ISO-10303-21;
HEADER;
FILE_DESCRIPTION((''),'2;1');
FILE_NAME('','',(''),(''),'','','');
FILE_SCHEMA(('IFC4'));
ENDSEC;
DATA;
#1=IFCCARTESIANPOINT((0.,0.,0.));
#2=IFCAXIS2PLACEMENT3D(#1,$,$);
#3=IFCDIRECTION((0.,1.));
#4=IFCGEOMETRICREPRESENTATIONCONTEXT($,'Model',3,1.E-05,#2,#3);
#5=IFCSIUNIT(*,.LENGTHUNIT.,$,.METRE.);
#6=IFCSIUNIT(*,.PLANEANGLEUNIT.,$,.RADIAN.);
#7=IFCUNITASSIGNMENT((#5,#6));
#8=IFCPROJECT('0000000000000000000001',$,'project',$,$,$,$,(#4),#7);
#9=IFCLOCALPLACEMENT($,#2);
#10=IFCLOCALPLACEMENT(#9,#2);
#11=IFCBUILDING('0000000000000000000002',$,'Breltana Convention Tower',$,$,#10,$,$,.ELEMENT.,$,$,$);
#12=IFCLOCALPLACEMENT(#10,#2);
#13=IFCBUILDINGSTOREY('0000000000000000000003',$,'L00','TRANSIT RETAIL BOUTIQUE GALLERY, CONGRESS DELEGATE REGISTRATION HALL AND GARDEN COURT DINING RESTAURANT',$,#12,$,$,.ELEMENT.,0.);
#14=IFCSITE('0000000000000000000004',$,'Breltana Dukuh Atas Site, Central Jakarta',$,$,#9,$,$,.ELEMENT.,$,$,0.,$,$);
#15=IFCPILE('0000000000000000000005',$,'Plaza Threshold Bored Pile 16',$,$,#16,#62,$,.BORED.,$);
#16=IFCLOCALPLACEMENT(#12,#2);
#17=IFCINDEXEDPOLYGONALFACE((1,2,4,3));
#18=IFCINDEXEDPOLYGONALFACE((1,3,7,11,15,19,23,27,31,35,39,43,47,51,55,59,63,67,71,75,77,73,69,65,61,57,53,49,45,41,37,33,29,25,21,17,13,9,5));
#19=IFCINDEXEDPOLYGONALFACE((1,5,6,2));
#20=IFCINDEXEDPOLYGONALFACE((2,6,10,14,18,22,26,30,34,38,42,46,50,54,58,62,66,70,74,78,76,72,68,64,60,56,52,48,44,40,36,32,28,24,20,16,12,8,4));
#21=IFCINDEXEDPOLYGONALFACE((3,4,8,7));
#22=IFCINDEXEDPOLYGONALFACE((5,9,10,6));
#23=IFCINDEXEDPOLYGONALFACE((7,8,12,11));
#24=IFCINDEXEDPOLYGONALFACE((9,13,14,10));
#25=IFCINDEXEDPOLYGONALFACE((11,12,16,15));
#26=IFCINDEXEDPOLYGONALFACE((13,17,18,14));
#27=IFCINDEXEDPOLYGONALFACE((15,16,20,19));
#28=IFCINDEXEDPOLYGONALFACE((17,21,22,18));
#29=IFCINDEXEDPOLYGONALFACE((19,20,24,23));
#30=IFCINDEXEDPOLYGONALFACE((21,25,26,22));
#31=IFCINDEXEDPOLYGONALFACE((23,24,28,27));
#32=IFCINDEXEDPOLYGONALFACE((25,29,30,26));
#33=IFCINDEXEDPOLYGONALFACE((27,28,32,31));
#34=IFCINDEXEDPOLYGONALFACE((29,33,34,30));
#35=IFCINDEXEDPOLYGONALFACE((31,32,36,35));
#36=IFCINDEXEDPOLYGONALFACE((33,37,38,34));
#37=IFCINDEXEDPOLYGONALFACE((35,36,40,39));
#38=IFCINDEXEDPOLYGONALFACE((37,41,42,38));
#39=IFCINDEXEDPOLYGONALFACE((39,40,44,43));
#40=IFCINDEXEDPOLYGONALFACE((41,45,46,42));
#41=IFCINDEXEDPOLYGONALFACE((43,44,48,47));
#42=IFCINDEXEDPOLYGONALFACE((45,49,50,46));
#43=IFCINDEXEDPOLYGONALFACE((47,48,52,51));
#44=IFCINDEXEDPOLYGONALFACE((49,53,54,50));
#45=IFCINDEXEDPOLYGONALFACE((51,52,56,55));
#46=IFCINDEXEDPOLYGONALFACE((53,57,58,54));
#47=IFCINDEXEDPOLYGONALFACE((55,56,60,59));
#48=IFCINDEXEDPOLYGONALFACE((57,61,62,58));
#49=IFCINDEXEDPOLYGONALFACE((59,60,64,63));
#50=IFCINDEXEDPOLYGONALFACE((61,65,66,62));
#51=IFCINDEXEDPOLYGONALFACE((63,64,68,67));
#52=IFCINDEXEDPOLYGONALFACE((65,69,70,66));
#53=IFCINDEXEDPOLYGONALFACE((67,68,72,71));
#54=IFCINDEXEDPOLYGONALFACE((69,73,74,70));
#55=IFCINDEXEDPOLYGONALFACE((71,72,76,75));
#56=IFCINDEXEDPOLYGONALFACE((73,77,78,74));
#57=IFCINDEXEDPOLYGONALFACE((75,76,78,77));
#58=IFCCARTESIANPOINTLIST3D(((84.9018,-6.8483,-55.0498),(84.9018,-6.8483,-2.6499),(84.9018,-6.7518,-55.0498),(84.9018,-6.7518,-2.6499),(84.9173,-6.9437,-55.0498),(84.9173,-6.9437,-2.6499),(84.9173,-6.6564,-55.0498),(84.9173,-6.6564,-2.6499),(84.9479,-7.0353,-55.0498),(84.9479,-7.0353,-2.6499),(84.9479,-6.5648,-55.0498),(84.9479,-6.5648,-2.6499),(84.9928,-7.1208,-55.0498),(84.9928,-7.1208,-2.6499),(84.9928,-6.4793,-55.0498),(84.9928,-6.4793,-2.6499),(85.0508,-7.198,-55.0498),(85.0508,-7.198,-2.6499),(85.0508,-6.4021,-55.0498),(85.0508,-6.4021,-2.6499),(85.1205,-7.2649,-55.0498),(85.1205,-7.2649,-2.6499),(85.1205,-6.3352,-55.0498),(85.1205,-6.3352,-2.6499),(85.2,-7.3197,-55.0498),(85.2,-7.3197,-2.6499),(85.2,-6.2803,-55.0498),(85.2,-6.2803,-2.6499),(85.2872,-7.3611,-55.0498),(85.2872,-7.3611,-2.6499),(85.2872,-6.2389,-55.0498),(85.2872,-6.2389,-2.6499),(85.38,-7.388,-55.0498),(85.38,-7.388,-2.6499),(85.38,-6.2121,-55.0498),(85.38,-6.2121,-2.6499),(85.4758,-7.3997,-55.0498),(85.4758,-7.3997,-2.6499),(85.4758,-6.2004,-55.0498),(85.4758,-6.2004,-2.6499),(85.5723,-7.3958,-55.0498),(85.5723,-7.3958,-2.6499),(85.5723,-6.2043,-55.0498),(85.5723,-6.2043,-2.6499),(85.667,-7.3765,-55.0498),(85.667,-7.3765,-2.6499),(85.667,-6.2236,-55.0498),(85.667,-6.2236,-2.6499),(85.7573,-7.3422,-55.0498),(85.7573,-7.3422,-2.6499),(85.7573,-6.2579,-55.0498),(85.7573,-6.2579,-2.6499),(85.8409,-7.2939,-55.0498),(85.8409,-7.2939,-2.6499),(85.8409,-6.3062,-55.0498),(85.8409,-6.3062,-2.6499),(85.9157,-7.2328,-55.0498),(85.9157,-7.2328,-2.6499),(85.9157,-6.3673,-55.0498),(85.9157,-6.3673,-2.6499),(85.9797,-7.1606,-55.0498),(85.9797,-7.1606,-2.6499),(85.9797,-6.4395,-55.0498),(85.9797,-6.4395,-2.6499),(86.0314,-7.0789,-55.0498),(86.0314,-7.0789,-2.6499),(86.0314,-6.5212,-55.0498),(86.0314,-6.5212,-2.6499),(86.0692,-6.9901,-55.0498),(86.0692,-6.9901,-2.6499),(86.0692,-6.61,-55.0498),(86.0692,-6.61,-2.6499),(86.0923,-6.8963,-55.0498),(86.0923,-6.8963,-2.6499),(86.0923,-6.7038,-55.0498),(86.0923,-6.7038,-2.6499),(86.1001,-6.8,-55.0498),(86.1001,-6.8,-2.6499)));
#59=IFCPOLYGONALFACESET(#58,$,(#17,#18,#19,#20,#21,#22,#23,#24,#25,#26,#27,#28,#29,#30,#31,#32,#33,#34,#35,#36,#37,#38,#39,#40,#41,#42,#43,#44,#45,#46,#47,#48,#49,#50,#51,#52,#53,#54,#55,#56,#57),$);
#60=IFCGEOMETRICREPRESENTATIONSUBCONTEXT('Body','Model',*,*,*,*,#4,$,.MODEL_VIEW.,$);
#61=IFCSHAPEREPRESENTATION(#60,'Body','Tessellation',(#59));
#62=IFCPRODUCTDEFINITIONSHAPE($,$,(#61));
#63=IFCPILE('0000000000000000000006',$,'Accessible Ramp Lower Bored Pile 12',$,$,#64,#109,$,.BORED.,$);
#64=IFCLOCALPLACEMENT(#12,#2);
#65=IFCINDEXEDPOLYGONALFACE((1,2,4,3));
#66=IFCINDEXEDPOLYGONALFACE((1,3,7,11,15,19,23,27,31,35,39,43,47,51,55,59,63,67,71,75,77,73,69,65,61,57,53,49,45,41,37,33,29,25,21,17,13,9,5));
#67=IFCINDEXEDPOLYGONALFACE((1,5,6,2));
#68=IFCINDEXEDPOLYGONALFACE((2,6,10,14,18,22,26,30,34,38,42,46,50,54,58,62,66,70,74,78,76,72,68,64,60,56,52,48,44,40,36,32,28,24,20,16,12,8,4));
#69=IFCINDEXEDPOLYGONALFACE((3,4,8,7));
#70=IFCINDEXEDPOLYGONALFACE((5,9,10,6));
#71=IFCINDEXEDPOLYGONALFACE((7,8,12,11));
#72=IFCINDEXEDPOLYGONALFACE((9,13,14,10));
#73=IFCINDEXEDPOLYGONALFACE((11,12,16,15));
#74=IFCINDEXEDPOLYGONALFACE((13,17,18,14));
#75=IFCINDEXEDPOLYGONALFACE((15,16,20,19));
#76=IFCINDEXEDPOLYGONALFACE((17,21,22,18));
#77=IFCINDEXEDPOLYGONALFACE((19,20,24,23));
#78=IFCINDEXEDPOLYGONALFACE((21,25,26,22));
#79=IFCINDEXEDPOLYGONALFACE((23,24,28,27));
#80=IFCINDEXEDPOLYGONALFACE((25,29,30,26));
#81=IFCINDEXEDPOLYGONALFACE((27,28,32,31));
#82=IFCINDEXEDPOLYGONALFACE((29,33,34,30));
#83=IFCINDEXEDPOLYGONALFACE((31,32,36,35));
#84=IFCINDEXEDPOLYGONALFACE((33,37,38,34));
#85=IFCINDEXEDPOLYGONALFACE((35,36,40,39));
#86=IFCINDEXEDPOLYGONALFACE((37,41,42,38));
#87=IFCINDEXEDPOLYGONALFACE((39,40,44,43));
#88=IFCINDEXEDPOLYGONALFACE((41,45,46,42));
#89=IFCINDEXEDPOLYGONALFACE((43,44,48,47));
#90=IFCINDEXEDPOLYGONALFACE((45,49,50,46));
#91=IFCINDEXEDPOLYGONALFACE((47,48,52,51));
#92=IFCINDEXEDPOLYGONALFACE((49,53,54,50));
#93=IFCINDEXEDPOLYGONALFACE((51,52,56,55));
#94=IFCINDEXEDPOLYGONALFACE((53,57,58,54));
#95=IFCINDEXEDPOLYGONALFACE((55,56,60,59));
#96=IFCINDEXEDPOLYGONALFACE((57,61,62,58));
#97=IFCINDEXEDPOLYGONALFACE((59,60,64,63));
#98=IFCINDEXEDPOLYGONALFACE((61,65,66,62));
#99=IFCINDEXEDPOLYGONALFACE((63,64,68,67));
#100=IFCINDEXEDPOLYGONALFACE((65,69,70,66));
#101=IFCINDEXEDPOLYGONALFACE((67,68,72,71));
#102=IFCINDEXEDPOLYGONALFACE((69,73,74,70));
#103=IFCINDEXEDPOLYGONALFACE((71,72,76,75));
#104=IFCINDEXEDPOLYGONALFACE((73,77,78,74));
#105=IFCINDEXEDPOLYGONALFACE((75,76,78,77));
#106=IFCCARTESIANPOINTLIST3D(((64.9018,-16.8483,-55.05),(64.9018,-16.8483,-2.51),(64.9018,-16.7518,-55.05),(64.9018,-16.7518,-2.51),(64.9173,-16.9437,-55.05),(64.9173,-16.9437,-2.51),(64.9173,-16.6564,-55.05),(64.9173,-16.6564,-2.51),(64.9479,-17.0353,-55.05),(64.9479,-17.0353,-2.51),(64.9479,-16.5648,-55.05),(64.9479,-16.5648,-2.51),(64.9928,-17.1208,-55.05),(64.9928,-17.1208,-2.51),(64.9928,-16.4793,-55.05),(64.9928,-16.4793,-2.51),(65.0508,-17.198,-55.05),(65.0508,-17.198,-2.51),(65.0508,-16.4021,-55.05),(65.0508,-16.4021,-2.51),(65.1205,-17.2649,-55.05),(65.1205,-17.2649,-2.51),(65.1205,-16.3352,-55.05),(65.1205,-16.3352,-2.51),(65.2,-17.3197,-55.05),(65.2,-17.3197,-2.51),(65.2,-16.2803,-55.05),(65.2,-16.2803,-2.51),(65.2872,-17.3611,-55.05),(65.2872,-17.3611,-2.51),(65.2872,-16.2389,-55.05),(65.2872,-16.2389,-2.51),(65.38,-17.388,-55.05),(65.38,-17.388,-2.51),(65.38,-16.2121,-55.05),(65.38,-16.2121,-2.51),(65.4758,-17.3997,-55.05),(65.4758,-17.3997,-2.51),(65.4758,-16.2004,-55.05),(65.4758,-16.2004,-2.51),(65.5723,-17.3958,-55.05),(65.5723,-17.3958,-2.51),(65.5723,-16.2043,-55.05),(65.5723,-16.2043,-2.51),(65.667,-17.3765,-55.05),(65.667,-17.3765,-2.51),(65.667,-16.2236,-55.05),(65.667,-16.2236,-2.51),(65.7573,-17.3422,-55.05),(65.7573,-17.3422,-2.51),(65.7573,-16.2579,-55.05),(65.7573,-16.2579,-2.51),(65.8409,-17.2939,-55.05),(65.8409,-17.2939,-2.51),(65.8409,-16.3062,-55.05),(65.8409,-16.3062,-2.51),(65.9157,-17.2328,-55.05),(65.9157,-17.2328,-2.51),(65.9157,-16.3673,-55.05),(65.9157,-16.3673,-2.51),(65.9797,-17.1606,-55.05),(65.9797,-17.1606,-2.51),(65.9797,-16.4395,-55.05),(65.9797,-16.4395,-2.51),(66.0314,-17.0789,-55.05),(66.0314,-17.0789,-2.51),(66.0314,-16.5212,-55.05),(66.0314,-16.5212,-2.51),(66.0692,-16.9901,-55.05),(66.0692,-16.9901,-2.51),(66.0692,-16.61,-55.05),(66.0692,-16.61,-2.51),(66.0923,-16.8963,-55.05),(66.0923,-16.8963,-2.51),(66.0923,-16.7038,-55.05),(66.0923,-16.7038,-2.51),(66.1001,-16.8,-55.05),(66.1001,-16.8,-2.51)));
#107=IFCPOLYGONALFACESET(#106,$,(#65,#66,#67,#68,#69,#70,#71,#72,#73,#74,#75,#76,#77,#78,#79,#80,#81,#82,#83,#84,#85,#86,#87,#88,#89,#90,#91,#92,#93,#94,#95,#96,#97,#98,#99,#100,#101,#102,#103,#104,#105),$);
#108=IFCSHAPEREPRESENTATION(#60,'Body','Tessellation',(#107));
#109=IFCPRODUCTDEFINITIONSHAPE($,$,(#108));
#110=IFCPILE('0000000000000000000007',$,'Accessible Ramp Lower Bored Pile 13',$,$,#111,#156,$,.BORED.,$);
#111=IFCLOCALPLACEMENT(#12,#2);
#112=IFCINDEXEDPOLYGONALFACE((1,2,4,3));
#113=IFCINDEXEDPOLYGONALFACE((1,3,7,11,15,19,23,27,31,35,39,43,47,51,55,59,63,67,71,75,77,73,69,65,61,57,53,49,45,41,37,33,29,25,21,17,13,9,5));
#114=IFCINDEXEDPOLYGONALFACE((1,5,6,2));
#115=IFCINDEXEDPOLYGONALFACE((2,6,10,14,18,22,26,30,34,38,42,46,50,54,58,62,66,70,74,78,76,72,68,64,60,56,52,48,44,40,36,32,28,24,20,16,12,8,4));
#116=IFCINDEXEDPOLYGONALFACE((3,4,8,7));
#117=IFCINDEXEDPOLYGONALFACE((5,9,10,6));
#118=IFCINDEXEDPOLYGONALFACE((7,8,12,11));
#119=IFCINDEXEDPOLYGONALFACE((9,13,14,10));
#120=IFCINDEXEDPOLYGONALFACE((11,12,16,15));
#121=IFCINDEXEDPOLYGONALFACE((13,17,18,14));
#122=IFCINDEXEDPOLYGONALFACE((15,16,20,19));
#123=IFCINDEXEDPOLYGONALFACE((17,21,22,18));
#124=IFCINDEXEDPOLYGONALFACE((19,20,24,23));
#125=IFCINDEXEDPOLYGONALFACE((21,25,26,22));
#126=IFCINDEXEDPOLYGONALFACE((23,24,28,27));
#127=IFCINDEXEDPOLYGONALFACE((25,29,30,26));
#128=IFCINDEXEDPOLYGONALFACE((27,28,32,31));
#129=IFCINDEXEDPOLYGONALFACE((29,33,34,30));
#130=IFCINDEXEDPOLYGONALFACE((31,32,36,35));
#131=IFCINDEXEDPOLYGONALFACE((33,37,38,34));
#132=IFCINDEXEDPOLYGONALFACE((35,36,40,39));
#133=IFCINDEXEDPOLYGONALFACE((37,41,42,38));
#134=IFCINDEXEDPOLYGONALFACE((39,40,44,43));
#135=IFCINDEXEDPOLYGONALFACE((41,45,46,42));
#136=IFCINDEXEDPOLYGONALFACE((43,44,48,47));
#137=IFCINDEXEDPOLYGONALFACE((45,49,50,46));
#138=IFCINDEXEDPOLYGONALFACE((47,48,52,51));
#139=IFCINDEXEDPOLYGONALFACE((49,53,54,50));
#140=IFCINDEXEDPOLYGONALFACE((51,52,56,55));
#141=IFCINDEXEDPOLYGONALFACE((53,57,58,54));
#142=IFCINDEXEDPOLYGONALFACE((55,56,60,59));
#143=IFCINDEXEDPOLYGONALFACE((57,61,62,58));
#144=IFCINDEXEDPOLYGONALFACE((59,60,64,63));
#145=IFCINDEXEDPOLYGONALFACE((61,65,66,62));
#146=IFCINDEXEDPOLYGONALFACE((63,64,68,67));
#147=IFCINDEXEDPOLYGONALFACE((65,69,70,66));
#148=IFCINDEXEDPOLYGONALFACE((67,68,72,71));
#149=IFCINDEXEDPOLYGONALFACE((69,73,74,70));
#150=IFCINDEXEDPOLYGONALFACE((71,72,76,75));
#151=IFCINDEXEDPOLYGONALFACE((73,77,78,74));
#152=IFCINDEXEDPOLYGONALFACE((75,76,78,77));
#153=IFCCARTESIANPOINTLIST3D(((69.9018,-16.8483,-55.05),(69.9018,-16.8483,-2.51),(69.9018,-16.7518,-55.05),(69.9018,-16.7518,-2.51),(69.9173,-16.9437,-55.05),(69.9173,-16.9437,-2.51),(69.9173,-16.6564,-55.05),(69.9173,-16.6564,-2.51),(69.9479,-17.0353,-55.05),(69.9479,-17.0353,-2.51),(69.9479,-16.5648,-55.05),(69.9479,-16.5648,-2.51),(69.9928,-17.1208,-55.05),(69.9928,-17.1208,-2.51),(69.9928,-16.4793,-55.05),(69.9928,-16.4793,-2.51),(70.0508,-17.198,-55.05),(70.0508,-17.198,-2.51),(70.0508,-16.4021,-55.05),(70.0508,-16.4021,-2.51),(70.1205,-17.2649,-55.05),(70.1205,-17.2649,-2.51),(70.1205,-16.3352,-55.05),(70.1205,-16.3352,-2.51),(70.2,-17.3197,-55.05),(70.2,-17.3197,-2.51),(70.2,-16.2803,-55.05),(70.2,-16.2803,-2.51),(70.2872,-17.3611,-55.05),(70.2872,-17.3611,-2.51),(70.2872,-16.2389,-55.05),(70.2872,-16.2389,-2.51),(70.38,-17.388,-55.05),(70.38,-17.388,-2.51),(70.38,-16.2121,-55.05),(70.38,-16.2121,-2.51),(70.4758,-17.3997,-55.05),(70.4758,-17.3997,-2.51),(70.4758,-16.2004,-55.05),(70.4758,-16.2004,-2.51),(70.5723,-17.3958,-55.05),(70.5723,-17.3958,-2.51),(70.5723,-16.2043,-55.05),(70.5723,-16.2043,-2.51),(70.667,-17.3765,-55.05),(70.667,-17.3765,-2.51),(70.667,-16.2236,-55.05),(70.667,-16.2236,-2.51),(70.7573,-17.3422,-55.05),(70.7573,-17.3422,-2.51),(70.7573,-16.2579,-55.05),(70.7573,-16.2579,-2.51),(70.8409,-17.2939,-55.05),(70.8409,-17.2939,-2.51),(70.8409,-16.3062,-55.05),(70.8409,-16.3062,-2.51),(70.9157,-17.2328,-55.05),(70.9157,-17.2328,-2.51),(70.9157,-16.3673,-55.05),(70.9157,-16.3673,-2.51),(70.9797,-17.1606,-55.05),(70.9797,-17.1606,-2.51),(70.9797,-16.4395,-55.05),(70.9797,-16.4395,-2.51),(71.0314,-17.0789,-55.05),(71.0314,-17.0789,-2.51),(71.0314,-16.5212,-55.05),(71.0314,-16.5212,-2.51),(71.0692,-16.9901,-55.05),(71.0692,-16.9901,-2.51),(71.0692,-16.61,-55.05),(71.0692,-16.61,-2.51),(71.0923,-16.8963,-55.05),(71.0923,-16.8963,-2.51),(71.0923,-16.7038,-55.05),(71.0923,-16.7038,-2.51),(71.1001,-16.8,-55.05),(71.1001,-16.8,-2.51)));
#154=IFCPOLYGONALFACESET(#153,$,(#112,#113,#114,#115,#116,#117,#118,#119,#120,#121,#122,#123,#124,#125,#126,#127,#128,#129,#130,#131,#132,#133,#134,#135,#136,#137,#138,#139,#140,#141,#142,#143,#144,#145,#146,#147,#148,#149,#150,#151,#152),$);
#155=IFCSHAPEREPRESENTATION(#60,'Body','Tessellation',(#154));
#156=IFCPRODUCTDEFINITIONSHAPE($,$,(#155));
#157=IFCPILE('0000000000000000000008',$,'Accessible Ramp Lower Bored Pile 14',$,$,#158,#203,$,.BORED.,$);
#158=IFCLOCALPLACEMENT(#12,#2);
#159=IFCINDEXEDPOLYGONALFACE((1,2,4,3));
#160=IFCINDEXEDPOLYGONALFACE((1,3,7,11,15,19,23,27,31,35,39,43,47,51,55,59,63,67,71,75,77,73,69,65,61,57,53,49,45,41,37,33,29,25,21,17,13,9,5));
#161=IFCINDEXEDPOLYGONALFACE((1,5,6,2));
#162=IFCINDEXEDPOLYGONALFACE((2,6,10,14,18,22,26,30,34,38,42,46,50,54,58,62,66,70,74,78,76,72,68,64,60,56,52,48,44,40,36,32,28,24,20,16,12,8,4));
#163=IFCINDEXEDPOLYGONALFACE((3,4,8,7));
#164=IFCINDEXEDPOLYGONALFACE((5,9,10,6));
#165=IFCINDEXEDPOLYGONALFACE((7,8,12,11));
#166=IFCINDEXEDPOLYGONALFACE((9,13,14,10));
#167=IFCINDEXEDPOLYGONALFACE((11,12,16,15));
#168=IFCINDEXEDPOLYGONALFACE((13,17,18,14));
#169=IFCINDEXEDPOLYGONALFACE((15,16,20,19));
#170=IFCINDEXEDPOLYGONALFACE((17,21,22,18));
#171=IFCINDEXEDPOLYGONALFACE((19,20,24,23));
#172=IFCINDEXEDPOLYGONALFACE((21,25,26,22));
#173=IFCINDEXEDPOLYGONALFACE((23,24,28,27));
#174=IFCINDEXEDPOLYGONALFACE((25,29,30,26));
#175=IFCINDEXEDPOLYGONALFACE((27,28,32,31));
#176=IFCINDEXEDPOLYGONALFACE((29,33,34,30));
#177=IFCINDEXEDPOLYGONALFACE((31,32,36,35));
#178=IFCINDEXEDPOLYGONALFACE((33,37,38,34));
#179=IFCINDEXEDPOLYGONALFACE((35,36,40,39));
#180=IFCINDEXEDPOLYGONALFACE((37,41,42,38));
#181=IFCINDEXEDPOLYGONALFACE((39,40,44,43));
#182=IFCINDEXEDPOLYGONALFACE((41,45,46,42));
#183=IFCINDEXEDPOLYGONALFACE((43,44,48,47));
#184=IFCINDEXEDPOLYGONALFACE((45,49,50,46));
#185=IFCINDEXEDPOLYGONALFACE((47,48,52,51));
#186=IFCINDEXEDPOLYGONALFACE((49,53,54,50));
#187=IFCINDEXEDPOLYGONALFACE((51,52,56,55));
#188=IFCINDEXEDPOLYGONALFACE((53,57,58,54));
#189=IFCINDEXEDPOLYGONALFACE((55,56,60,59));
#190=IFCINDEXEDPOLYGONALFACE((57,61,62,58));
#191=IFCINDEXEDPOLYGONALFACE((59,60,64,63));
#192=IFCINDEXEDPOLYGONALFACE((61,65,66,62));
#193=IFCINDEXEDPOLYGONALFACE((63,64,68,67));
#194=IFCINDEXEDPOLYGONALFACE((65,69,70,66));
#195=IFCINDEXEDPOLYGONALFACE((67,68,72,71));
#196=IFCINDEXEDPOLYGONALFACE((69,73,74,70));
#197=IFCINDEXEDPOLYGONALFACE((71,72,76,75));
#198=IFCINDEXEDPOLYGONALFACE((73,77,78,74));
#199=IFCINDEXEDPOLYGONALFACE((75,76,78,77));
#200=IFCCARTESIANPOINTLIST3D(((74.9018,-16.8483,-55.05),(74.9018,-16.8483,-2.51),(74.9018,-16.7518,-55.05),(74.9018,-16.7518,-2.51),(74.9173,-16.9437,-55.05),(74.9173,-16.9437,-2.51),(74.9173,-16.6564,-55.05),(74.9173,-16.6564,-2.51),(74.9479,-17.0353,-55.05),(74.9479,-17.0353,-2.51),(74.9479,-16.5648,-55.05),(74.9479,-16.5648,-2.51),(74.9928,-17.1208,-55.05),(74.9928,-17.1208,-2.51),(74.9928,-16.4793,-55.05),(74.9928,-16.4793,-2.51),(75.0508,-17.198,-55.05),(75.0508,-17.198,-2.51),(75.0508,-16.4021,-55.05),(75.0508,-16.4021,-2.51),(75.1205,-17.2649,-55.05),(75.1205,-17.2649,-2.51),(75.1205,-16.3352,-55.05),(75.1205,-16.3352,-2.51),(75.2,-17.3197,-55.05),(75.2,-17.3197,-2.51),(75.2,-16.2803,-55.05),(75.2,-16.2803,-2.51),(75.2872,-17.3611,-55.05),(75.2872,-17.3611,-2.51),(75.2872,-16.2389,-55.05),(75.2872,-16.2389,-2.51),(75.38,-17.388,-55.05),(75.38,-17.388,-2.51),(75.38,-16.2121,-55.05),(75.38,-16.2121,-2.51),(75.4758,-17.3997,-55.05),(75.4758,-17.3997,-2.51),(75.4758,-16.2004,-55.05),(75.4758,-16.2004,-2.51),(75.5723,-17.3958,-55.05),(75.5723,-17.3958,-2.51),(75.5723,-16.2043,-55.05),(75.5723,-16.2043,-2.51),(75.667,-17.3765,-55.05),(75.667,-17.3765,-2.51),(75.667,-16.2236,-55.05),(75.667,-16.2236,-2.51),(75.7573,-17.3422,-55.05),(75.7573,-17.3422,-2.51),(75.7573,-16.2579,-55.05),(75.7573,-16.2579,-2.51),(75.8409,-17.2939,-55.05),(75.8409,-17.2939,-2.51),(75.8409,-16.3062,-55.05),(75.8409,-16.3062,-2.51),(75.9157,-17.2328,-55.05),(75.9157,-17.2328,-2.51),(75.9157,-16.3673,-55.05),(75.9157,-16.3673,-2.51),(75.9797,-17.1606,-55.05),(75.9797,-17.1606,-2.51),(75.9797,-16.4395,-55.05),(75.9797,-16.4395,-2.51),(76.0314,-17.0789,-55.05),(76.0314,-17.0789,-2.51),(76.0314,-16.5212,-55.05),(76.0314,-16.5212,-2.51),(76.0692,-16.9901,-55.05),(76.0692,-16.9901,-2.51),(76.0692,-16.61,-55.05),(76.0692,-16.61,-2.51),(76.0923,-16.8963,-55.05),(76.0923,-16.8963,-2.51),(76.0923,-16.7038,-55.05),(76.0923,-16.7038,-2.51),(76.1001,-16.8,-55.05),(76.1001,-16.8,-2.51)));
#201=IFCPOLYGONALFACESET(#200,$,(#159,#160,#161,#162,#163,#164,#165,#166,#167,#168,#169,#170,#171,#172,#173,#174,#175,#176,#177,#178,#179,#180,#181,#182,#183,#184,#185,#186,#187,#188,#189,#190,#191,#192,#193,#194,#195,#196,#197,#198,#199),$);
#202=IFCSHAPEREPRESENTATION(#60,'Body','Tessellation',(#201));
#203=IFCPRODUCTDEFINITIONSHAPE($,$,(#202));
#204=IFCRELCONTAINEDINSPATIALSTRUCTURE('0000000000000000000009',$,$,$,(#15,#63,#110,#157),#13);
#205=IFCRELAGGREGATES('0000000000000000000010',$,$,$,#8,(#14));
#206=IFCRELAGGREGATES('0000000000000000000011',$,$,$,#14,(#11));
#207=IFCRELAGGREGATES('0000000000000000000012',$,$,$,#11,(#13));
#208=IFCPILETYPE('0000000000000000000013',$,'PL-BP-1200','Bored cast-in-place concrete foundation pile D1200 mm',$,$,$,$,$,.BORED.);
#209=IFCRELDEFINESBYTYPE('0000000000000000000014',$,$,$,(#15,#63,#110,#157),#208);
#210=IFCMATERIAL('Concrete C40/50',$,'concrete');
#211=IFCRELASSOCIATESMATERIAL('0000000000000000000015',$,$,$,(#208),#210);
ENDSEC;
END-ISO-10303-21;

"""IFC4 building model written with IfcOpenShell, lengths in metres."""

from ifc_helpers import new_model, si_unit, direction, frame, origin, origin_2d, place, context, subcontext, project, spatial, circle, extrude, source, transform, mapped, material, material_profile, profile_set, type_object, element, save


model = new_model("IFC4")

# Units and contexts
model_context = context("Model", 3, precision=1e-05, world=origin(), true_north=direction((0.0, 1.0)))
body_context = subcontext(model_context, "Body", "Model", "MODEL_VIEW")
ifc_project = project(units=[si_unit("LENGTHUNIT", "METRE"), si_unit("PLANEANGLEUNIT", "RADIAN")], contexts=[model_context])

# Site, building, storey
site_placement = place(None, origin())
site = spatial("IfcSite", under=ifc_project, at=site_placement, Name="Breltana Dukuh Atas Site, Central Jakarta", CompositionType="ELEMENT", RefElevation=0.0)
building_placement = place(site_placement, origin())
building = spatial("IfcBuilding", under=site, at=building_placement, Name="Breltana Convention Tower", CompositionType="ELEMENT")
storey_placement = place(building_placement, origin())
storey = spatial("IfcBuildingStorey", under=building, at=storey_placement, Name="L00", Description="TRANSIT RETAIL BOUTIQUE GALLERY, CONGRESS DELEGATE REGISTRATION HALL AND GARDEN COURT DINING RESTAURANT", CompositionType="ELEMENT", Elevation=0.0)

# Piles
ifc_material_1 = material(Name="Concrete C40/50", Category="concrete")
ifc_material_profile_1 = material_profile(ifc_material_1, circle(Radius=0.6001, at=origin_2d()), Name="BP-D1200")
ifc_profile_set_1 = profile_set([ifc_material_profile_1], Name="Concrete C40/50")
pile_type = type_object("IfcPileType", Name="PL-BP-1200", Description="Bored cast-in-place concrete foundation pile D1200 mm", PredefinedType="BORED", material=ifc_profile_set_1)
shared_shape_1 = source(origin(), body_context, "Body", "SweptSolid", [
    extrude(circle(Radius=0.6001, at=origin_2d()), origin(), (0.0, 0.0, 1.0), 52.3999),
])
for number, where, z_axis, x_axis, name in (
    (1, (85.5, -6.8, -2.6499), (0.0, 0.0, -1.0), (1.0, 0.0, 0.0), "Plaza Threshold Bored Pile 16"),
):
    element("IfcPile", number, at=place(storey_placement, frame(where, z_axis=z_axis, x_axis=x_axis)), inside=storey, type_object=pile_type, Name=name, PredefinedType="BORED", context=body_context, shape_type="MappedRepresentation", body=[
        mapped(shared_shape_1, transform((0.0, 0.0, 0.0), scale=1.0)),
    ])
shared_shape_2 = source(origin(), body_context, "Body", "SweptSolid", [
    extrude(circle(Radius=0.6001, at=origin_2d()), origin(), (0.0, 0.0, 1.0), 52.54),
])
for number, where, z_axis, x_axis, name in (
    (2, (65.5, -16.8, -2.51), (0.0, 0.0, -1.0), (1.0, 0.0, 0.0), "Accessible Ramp Lower Bored Pile 12"),
    (3, (70.5, -16.8, -2.51), (0.0, 0.0, -1.0), (1.0, 0.0, 0.0), "Accessible Ramp Lower Bored Pile 13"),
    (4, (75.5, -16.8, -2.51), (0.0, 0.0, -1.0), (1.0, 0.0, 0.0), "Accessible Ramp Lower Bored Pile 14"),
):
    element("IfcPile", number, at=place(storey_placement, frame(where, z_axis=z_axis, x_axis=x_axis)), inside=storey, type_object=pile_type, Name=name, PredefinedType="BORED", context=body_context, shape_type="MappedRepresentation", body=[
        mapped(shared_shape_2, transform((0.0, 0.0, 0.0), scale=1.0)),
    ])

save(model, "model.ifc")
